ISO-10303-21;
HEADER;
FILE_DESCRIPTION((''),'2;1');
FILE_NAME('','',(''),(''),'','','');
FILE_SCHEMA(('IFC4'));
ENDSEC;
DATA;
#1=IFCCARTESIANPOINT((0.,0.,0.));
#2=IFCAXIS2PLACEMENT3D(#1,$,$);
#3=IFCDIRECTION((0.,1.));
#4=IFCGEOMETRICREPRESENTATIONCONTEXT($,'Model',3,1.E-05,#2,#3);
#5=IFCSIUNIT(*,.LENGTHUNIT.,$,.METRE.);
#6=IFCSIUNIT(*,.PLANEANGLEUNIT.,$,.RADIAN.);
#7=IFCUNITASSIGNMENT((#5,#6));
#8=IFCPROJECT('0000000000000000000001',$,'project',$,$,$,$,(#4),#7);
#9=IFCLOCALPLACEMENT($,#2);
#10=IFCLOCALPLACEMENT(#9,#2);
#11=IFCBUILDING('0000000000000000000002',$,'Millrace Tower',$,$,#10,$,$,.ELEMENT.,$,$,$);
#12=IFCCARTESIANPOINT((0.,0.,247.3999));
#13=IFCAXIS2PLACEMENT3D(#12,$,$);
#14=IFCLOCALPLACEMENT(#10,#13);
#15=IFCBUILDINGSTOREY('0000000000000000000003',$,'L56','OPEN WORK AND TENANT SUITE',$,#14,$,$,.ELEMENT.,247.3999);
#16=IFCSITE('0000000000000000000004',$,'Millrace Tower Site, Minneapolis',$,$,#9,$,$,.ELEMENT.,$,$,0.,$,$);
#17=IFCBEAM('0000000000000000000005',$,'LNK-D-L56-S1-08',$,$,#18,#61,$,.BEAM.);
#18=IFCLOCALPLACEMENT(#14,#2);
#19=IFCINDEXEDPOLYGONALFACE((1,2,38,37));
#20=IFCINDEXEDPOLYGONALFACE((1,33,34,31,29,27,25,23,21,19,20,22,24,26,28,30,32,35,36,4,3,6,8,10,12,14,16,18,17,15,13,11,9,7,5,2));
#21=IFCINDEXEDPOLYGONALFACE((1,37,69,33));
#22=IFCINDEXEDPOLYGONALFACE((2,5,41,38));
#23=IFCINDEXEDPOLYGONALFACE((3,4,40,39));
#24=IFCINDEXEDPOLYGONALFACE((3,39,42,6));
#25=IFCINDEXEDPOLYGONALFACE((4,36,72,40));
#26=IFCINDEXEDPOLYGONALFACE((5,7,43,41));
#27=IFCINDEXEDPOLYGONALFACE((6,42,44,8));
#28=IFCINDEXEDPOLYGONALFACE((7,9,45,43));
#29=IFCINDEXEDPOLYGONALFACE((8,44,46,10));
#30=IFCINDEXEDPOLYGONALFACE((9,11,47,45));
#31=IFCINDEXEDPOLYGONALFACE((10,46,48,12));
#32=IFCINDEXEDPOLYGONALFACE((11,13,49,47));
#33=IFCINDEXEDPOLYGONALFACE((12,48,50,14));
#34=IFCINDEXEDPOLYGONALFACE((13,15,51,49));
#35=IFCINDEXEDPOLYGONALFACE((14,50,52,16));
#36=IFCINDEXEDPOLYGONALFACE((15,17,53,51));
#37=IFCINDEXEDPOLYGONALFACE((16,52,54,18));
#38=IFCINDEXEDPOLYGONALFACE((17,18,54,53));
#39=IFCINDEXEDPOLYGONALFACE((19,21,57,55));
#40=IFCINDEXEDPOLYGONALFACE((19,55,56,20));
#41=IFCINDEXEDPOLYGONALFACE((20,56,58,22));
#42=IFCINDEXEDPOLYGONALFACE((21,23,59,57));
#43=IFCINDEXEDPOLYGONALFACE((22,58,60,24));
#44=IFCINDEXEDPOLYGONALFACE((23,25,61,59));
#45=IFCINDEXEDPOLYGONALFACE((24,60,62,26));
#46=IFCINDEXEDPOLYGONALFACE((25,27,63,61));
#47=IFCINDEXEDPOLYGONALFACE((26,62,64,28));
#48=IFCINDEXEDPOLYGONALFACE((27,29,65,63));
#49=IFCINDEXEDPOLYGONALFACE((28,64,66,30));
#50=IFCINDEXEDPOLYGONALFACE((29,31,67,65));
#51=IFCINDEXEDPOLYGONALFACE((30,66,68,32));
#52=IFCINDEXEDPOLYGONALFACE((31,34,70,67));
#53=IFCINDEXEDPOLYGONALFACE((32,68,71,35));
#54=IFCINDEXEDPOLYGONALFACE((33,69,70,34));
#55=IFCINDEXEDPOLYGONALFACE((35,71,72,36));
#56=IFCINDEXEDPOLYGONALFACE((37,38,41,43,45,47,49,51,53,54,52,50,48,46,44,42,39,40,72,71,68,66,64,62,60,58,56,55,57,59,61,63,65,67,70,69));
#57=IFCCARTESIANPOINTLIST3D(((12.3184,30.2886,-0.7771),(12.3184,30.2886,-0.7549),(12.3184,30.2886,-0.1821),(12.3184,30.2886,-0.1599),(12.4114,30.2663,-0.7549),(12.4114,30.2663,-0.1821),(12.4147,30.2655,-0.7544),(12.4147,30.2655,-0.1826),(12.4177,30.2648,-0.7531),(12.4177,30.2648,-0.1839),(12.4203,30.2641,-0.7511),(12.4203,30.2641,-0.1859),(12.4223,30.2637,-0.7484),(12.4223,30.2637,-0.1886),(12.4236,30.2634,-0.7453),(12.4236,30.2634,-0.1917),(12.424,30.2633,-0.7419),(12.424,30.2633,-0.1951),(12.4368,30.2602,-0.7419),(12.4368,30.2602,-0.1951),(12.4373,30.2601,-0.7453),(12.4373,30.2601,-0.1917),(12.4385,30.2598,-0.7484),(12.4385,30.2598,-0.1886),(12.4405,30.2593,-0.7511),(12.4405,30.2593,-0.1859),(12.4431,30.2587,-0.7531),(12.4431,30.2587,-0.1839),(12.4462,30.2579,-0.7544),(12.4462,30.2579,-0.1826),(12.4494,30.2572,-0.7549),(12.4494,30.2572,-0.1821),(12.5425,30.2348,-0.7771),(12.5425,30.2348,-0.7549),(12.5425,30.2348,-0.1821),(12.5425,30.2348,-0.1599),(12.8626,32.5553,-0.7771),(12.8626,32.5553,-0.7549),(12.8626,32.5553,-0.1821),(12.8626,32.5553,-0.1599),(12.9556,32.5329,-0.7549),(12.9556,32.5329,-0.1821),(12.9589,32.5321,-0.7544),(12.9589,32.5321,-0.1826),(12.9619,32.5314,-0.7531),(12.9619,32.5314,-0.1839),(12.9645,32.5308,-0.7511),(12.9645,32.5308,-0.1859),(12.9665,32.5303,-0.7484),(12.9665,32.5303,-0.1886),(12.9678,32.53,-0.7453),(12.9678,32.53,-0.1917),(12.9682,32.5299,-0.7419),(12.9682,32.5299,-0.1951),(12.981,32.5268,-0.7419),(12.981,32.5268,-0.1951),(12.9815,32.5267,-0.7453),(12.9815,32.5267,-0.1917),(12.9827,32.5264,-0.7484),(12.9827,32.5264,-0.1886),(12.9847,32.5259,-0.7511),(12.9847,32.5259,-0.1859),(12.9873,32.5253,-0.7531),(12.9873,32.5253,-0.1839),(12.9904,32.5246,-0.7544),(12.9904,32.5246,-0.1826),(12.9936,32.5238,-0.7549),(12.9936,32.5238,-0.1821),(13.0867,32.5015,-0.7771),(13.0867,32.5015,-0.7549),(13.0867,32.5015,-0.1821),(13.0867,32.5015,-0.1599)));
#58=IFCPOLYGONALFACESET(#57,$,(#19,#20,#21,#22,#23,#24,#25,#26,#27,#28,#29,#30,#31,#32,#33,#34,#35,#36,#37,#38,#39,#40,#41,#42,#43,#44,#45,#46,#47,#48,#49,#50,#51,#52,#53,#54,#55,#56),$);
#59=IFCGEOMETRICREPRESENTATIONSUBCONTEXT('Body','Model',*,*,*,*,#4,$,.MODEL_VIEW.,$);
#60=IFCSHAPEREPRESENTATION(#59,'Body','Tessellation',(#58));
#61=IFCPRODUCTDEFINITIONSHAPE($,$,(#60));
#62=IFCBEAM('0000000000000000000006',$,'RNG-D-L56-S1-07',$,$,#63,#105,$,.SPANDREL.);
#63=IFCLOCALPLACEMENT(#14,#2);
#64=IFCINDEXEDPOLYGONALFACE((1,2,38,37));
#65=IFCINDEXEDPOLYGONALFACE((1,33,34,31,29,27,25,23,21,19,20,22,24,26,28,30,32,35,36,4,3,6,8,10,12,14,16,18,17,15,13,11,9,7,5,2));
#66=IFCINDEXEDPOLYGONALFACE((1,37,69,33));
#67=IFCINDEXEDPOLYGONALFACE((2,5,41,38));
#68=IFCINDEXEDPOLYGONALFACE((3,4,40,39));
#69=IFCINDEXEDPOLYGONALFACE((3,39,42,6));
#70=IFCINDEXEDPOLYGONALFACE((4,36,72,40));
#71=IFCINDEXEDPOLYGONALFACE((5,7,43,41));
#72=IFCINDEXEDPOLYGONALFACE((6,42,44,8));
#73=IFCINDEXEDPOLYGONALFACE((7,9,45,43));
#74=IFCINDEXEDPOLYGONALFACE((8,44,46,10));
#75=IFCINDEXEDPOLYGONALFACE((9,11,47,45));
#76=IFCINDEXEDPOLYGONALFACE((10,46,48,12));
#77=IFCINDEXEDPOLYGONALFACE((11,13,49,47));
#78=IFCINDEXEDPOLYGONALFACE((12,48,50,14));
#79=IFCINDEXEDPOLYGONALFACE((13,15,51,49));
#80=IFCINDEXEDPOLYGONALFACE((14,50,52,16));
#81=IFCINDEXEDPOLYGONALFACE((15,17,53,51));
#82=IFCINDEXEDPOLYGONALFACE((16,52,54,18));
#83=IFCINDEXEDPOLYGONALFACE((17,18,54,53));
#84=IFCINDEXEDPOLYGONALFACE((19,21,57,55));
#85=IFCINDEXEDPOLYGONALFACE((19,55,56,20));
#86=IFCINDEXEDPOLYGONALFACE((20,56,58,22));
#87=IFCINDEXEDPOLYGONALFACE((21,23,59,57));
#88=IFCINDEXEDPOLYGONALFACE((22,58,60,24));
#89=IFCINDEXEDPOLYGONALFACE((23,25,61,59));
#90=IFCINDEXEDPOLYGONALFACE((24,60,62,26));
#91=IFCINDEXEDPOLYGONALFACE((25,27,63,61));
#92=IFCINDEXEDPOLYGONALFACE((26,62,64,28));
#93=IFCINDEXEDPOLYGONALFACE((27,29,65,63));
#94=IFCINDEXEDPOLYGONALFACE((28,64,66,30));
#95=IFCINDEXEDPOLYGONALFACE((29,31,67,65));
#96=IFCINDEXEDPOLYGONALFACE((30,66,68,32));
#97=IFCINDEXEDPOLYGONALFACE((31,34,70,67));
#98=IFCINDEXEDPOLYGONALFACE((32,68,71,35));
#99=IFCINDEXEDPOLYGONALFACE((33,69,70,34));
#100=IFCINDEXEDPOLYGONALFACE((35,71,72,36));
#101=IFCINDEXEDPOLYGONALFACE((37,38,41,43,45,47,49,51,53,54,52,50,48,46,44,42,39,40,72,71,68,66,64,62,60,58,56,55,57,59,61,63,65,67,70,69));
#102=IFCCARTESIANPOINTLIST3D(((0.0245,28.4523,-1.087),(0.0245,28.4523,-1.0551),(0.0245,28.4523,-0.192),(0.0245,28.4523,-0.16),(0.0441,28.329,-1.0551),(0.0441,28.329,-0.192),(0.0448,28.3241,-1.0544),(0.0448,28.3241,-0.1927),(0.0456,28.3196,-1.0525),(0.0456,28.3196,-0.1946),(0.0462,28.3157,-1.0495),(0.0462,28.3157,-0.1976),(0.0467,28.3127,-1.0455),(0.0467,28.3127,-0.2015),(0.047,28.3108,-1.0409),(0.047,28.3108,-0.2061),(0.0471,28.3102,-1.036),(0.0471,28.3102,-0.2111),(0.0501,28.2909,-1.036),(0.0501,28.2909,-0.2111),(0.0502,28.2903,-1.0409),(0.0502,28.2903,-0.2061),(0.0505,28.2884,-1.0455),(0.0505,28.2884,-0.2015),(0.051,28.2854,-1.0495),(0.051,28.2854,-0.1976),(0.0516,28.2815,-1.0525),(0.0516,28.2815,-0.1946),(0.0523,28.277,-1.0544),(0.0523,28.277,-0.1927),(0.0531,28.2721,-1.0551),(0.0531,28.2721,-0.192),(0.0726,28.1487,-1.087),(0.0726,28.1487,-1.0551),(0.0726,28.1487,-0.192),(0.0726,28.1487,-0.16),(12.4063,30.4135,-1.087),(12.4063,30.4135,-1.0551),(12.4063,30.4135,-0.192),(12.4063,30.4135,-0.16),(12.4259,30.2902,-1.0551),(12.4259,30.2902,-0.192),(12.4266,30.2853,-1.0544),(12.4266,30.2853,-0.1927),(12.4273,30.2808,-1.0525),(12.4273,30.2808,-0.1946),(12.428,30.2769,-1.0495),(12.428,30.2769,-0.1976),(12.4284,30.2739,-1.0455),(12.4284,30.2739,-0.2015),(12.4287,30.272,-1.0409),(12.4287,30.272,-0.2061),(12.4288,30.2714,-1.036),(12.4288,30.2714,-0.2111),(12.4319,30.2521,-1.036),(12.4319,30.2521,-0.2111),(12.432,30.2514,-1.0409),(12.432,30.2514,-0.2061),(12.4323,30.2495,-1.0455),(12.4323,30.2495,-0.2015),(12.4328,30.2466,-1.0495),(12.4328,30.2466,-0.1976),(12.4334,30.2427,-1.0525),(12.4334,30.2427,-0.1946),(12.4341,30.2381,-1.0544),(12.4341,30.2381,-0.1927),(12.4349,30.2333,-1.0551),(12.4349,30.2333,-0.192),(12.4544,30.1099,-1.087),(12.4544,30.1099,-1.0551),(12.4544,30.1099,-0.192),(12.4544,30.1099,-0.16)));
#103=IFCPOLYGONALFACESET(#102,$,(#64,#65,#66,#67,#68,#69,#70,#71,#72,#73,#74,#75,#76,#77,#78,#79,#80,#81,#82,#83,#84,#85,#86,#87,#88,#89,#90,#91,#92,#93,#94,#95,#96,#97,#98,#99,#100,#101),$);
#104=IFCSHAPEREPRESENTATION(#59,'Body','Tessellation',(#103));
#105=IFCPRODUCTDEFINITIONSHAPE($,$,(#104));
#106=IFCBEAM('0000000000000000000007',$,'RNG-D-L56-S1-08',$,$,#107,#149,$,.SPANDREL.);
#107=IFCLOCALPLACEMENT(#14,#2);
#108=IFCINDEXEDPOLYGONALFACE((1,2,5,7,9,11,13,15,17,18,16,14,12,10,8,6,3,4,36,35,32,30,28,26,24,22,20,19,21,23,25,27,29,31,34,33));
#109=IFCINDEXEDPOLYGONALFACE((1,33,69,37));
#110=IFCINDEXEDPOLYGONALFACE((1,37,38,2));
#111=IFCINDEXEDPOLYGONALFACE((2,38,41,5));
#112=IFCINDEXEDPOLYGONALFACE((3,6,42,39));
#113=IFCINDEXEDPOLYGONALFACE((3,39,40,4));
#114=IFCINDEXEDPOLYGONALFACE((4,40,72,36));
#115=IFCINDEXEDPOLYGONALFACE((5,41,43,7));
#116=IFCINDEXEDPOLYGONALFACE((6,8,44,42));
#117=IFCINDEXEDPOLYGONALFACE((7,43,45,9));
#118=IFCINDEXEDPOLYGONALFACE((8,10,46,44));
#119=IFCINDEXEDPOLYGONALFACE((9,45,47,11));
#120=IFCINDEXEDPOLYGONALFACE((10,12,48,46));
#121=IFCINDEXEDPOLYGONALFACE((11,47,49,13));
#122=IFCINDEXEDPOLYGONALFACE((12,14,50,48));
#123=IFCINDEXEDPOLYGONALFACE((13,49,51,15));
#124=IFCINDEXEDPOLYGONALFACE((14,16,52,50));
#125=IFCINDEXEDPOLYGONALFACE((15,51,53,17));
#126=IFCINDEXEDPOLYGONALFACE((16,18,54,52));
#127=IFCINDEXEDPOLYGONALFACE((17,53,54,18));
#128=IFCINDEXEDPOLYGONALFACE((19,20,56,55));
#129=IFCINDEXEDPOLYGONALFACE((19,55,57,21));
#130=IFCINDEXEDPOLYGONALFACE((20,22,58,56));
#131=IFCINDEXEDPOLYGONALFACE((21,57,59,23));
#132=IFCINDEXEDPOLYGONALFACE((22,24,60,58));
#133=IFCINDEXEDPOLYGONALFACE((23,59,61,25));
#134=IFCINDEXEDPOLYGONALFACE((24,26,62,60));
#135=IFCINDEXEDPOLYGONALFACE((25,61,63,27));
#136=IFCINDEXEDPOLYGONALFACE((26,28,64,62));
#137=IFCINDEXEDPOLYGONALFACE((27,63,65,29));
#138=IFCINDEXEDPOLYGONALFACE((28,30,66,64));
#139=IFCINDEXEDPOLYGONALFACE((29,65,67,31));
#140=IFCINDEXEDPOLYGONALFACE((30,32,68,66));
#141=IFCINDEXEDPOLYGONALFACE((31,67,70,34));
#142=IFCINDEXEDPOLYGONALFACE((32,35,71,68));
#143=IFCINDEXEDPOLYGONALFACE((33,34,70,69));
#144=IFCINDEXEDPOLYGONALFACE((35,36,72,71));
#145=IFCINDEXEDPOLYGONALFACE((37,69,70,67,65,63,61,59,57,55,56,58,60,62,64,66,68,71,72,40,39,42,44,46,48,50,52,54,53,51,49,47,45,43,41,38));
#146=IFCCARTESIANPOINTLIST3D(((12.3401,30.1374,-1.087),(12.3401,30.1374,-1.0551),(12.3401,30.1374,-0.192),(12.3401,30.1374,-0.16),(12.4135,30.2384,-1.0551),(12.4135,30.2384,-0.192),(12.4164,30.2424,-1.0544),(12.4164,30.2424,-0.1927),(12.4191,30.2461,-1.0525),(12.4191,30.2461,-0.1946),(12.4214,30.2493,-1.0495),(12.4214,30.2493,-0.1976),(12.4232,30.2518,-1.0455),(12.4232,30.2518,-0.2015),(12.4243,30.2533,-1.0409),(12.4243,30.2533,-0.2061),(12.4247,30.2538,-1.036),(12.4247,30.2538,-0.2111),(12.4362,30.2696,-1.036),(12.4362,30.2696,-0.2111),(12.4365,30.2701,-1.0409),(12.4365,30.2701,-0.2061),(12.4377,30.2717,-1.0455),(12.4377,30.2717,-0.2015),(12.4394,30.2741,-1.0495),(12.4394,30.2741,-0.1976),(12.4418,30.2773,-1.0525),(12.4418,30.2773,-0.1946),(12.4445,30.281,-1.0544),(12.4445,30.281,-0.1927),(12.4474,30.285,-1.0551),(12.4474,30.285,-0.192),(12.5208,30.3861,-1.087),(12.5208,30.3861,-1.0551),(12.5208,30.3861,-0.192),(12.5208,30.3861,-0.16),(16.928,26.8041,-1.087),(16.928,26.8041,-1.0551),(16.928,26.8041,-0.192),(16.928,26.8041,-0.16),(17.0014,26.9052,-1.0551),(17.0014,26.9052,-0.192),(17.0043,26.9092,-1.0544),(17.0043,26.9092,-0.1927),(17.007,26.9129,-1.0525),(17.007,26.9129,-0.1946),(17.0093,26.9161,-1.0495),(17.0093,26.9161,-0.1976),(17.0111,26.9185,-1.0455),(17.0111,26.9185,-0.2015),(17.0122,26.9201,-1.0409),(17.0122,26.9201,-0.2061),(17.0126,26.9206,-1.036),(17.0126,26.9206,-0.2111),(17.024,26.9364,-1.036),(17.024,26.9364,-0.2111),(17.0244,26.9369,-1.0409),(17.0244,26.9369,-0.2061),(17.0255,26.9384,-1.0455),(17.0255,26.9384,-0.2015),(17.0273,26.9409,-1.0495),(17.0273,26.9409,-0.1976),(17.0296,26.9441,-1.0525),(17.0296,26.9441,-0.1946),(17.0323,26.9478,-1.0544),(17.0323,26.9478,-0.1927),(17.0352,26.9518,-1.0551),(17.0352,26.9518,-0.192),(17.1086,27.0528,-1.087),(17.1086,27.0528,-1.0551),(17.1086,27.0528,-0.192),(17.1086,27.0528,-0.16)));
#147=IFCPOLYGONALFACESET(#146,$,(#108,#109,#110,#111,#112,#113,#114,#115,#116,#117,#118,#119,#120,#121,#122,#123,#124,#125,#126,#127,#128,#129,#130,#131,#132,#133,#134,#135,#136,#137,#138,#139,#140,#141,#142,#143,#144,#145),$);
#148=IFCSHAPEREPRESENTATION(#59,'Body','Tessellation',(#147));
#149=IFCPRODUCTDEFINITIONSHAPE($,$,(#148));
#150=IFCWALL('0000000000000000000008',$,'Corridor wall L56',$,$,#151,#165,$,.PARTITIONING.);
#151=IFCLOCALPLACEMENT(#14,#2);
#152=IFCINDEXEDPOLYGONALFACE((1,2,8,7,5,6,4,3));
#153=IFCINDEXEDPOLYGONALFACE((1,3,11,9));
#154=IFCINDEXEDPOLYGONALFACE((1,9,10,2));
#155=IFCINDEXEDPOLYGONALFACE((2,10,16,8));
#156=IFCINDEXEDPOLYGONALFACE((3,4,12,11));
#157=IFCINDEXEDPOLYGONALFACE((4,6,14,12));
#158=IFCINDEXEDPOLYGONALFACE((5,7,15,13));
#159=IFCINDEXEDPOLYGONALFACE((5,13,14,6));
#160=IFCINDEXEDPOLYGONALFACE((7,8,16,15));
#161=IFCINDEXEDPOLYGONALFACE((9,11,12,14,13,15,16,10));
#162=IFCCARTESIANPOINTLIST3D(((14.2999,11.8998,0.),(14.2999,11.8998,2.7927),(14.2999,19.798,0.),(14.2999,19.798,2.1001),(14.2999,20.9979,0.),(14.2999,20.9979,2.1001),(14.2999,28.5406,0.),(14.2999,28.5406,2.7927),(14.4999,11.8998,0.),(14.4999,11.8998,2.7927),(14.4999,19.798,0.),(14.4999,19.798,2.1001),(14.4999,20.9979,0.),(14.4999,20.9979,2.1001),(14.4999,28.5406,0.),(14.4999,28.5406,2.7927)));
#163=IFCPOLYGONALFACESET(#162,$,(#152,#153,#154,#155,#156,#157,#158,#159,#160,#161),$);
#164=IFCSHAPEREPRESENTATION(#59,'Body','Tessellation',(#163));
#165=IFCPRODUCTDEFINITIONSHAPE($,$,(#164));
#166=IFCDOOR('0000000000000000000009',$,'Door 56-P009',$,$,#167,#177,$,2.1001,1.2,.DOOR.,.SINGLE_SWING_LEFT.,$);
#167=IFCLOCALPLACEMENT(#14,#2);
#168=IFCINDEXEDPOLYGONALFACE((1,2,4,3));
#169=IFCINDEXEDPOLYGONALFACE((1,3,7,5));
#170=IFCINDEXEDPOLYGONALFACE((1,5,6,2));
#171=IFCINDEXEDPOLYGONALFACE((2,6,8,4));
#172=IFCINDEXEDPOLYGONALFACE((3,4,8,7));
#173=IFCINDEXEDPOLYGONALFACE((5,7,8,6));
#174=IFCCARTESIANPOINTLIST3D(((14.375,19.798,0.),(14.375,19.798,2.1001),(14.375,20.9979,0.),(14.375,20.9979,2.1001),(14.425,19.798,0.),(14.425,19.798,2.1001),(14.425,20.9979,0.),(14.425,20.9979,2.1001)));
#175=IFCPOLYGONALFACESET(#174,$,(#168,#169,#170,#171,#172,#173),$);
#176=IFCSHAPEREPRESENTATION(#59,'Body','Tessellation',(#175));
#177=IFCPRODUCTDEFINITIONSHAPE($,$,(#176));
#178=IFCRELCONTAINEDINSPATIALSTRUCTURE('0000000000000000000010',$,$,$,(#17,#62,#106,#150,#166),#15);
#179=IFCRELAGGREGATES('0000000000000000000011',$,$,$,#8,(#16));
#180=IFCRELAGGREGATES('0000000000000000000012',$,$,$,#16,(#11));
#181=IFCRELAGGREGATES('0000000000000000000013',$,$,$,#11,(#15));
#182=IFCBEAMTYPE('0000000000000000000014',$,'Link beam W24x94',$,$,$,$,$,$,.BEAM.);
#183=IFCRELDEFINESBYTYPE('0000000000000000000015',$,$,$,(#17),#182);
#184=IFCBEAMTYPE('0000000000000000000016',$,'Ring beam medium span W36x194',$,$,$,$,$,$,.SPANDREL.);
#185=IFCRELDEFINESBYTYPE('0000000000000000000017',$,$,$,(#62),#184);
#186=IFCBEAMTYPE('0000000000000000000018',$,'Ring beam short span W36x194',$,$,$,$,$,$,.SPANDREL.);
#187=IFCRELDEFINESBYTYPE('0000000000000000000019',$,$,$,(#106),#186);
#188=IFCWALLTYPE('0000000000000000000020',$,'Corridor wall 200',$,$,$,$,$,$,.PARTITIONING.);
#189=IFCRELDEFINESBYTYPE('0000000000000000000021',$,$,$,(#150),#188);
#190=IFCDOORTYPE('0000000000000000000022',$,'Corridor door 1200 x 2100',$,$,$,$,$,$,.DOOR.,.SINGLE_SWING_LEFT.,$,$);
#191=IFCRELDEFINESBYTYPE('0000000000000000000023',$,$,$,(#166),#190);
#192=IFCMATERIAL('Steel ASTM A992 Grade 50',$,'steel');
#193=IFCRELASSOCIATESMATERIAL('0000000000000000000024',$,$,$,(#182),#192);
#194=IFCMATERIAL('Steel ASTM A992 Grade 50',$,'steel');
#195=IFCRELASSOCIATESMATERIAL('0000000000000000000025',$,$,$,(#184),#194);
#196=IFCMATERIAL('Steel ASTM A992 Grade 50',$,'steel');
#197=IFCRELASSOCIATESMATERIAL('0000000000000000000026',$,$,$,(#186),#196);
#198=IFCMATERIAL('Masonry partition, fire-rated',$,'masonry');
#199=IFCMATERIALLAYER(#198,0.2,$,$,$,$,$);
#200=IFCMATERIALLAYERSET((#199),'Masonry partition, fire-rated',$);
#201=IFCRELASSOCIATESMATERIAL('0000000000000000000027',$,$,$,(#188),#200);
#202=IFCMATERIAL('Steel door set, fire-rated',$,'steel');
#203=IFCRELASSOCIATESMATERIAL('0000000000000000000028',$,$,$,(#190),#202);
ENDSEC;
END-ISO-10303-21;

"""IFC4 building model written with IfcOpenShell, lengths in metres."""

from ifc_helpers import new_model, si_unit, direction, frame, frame_2d, origin, origin_2d, place, context, subcontext, project, spatial, rectangle, i_section, extrude, material, layer, layer_set, material_profile, profile_set, type_object, element, fill, save


model = new_model("IFC4")

# Units and contexts
model_context = context("Model", 3, precision=1e-05, world=origin(), true_north=direction((0.0, 1.0)))
body_context = subcontext(model_context, "Body", "Model", "MODEL_VIEW")
ifc_project = project(units=[si_unit("LENGTHUNIT", "METRE"), si_unit("PLANEANGLEUNIT", "RADIAN")], contexts=[model_context])

# Site, building, storey
site_placement = place(None, origin())
site = spatial("IfcSite", under=ifc_project, at=site_placement, Name="Millrace Tower Site, Minneapolis", CompositionType="ELEMENT", RefElevation=0.0)
building_placement = place(site_placement, origin())
building = spatial("IfcBuilding", under=site, at=building_placement, Name="Millrace Tower", CompositionType="ELEMENT")
storey_placement = place(building_placement, frame((0.0, 0.0, 247.3999)))
storey = spatial("IfcBuildingStorey", under=building, at=storey_placement, Name="L56", Description="OPEN WORK AND TENANT SUITE", CompositionType="ELEMENT", Elevation=247.3999)

# Beams
ifc_material_1 = material(Name="Steel ASTM A992 Grade 50", Category="steel")
ifc_material_profile_1 = material_profile(ifc_material_1, i_section(OverallWidth=0.2305, OverallDepth=0.6172, WebThickness=0.0132, FlangeThickness=0.0222, FilletRadius=0.0129, at=origin_2d()))
ifc_profile_set_1 = profile_set([ifc_material_profile_1], Name="Steel ASTM A992 Grade 50")
beam_type_1 = type_object("IfcBeamType", Name="Link beam W24x94", PredefinedType="BEAM", material=ifc_profile_set_1)
beam_1_placement = place(storey_placement, frame((12.4304, 30.2617, -0.4685), z_axis=(0.233456, 0.972367, 0.0), x_axis=(-0.972367, 0.233456, 0.0)))
element("IfcBeam", 1, at=beam_1_placement, inside=storey, type_object=beam_type_1, Name="LNK-D-L56-S1-08", PredefinedType="BEAM", context=body_context, shape_type="SweptSolid", body=[
    extrude(i_section(OverallWidth=0.2305, OverallDepth=0.6172, WebThickness=0.0132, FlangeThickness=0.0222, FilletRadius=0.0129, at=origin_2d()), origin(), (0.0, 0.0, 1.0), 2.3311),
])
ifc_material_2 = material(Name="Steel ASTM A992 Grade 50", Category="steel")
ifc_material_profile_2 = material_profile(ifc_material_2, i_section(OverallWidth=0.3074, OverallDepth=0.927, WebThickness=0.0195, FlangeThickness=0.032, FilletRadius=0.019, at=origin_2d()))
ifc_profile_set_2 = profile_set([ifc_material_profile_2], Name="Steel ASTM A992 Grade 50")
beam_type_2 = type_object("IfcBeamType", Name="Ring beam medium span W36x194", PredefinedType="SPANDREL", material=ifc_profile_set_2)
beam_2_placement = place(storey_placement, frame((0.0486, 28.3005, -0.6235), z_axis=(0.987687, 0.156442, 0.0), x_axis=(-0.156442, 0.987687, 0.0)))
element("IfcBeam", 2, at=beam_2_placement, inside=storey, type_object=beam_type_2, Name="RNG-D-L56-S1-07", PredefinedType="SPANDREL", context=body_context, shape_type="SweptSolid", body=[
    extrude(i_section(OverallWidth=0.3074, OverallDepth=0.927, WebThickness=0.0195, FlangeThickness=0.032, FilletRadius=0.019, at=origin_2d()), origin(), (0.0, 0.0, 1.0), 12.5361),
])
ifc_material_3 = material(Name="Steel ASTM A992 Grade 50", Category="steel")
ifc_material_profile_3 = material_profile(ifc_material_3, i_section(OverallWidth=0.3074, OverallDepth=0.927, WebThickness=0.0195, FlangeThickness=0.032, FilletRadius=0.019, at=origin_2d()))
ifc_profile_set_3 = profile_set([ifc_material_profile_3], Name="Steel ASTM A992 Grade 50")
beam_type_3 = type_object("IfcBeamType", Name="Ring beam short span W36x194", PredefinedType="SPANDREL", material=ifc_profile_set_3)
beam_3_placement = place(storey_placement, frame((12.4304, 30.2617, -0.6235), z_axis=(0.809021, -0.58778, 0.0), x_axis=(0.58778, 0.809021, 0.0)))
element("IfcBeam", 3, at=beam_3_placement, inside=storey, type_object=beam_type_3, Name="RNG-D-L56-S1-08", PredefinedType="SPANDREL", context=body_context, shape_type="SweptSolid", body=[
    extrude(i_section(OverallWidth=0.3074, OverallDepth=0.927, WebThickness=0.0195, FlangeThickness=0.032, FilletRadius=0.019, at=origin_2d()), origin(), (0.0, 0.0, 1.0), 5.6709),
])

# Wall, opening, door
ifc_material_4 = material(Name="Masonry partition, fire-rated", Category="masonry")
ifc_layer_1 = layer(ifc_material_4, 0.2)
ifc_layer_set_1 = layer_set([ifc_layer_1], Name="Masonry partition, fire-rated")
wall_type_1 = type_object("IfcWallType", Name="Corridor wall 200", PredefinedType="PARTITIONING", material=ifc_layer_set_1)
wall_1_placement = place(storey_placement, frame((14.3999, 11.8999, 0.0), z_axis=(0.0, 0.0, 1.0), x_axis=(0.0, 1.0, 0.0)))
wall_1 = element("IfcWall", 4, at=wall_1_placement, inside=storey, type_object=wall_type_1, Name="Corridor wall L56", PredefinedType="PARTITIONING", context=body_context, shape_type="SweptSolid", body=[
    extrude(rectangle(XDim=16.6409, YDim=0.2, at=frame_2d((8.3203, 0.0))), origin(), (0.0, 0.0, 1.0), 2.7927),
])
opening_placement = place(wall_1_placement, frame((7.8979, 0.0, 0.0)))
opening = element("IfcOpeningElement", 5, at=opening_placement, cuts=wall_1, PredefinedType="OPENING", context=body_context, shape_type="SweptSolid", body=[
    extrude(rectangle(XDim=1.2, YDim=2.1001, at=frame_2d((0.6001, 1.05))), frame((0.0, 0.1099, 0.0), z_axis=(0.0, -1.0, 0.0), x_axis=(1.0, 0.0, 0.0)), (0.0, 0.0, 1.0), 0.22),
])
ifc_material_5 = material(Name="Steel door set, fire-rated", Category="steel")
door_type = type_object("IfcDoorType", Name="Corridor door 1200 x 2100", OperationType="SINGLE_SWING_LEFT", PredefinedType="DOOR", material=ifc_material_5)
door_placement = place(opening_placement, origin())
door = element("IfcDoor", 6, at=door_placement, inside=storey, type_object=door_type, Name="Door 56-P009", OperationType="SINGLE_SWING_LEFT", OverallHeight=2.1001, OverallWidth=1.2, PredefinedType="DOOR", context=body_context, shape_type="SweptSolid", body=[
    extrude(rectangle(XDim=1.2, YDim=2.1001, at=frame_2d((0.6001, 1.05))), frame((0.0, 0.0249, 0.0), z_axis=(0.0, -1.0, 0.0), x_axis=(1.0, 0.0, 0.0)), (0.0, 0.0, 1.0), 0.05),
])
fill(opening, door)

save(model, "model.ifc")
